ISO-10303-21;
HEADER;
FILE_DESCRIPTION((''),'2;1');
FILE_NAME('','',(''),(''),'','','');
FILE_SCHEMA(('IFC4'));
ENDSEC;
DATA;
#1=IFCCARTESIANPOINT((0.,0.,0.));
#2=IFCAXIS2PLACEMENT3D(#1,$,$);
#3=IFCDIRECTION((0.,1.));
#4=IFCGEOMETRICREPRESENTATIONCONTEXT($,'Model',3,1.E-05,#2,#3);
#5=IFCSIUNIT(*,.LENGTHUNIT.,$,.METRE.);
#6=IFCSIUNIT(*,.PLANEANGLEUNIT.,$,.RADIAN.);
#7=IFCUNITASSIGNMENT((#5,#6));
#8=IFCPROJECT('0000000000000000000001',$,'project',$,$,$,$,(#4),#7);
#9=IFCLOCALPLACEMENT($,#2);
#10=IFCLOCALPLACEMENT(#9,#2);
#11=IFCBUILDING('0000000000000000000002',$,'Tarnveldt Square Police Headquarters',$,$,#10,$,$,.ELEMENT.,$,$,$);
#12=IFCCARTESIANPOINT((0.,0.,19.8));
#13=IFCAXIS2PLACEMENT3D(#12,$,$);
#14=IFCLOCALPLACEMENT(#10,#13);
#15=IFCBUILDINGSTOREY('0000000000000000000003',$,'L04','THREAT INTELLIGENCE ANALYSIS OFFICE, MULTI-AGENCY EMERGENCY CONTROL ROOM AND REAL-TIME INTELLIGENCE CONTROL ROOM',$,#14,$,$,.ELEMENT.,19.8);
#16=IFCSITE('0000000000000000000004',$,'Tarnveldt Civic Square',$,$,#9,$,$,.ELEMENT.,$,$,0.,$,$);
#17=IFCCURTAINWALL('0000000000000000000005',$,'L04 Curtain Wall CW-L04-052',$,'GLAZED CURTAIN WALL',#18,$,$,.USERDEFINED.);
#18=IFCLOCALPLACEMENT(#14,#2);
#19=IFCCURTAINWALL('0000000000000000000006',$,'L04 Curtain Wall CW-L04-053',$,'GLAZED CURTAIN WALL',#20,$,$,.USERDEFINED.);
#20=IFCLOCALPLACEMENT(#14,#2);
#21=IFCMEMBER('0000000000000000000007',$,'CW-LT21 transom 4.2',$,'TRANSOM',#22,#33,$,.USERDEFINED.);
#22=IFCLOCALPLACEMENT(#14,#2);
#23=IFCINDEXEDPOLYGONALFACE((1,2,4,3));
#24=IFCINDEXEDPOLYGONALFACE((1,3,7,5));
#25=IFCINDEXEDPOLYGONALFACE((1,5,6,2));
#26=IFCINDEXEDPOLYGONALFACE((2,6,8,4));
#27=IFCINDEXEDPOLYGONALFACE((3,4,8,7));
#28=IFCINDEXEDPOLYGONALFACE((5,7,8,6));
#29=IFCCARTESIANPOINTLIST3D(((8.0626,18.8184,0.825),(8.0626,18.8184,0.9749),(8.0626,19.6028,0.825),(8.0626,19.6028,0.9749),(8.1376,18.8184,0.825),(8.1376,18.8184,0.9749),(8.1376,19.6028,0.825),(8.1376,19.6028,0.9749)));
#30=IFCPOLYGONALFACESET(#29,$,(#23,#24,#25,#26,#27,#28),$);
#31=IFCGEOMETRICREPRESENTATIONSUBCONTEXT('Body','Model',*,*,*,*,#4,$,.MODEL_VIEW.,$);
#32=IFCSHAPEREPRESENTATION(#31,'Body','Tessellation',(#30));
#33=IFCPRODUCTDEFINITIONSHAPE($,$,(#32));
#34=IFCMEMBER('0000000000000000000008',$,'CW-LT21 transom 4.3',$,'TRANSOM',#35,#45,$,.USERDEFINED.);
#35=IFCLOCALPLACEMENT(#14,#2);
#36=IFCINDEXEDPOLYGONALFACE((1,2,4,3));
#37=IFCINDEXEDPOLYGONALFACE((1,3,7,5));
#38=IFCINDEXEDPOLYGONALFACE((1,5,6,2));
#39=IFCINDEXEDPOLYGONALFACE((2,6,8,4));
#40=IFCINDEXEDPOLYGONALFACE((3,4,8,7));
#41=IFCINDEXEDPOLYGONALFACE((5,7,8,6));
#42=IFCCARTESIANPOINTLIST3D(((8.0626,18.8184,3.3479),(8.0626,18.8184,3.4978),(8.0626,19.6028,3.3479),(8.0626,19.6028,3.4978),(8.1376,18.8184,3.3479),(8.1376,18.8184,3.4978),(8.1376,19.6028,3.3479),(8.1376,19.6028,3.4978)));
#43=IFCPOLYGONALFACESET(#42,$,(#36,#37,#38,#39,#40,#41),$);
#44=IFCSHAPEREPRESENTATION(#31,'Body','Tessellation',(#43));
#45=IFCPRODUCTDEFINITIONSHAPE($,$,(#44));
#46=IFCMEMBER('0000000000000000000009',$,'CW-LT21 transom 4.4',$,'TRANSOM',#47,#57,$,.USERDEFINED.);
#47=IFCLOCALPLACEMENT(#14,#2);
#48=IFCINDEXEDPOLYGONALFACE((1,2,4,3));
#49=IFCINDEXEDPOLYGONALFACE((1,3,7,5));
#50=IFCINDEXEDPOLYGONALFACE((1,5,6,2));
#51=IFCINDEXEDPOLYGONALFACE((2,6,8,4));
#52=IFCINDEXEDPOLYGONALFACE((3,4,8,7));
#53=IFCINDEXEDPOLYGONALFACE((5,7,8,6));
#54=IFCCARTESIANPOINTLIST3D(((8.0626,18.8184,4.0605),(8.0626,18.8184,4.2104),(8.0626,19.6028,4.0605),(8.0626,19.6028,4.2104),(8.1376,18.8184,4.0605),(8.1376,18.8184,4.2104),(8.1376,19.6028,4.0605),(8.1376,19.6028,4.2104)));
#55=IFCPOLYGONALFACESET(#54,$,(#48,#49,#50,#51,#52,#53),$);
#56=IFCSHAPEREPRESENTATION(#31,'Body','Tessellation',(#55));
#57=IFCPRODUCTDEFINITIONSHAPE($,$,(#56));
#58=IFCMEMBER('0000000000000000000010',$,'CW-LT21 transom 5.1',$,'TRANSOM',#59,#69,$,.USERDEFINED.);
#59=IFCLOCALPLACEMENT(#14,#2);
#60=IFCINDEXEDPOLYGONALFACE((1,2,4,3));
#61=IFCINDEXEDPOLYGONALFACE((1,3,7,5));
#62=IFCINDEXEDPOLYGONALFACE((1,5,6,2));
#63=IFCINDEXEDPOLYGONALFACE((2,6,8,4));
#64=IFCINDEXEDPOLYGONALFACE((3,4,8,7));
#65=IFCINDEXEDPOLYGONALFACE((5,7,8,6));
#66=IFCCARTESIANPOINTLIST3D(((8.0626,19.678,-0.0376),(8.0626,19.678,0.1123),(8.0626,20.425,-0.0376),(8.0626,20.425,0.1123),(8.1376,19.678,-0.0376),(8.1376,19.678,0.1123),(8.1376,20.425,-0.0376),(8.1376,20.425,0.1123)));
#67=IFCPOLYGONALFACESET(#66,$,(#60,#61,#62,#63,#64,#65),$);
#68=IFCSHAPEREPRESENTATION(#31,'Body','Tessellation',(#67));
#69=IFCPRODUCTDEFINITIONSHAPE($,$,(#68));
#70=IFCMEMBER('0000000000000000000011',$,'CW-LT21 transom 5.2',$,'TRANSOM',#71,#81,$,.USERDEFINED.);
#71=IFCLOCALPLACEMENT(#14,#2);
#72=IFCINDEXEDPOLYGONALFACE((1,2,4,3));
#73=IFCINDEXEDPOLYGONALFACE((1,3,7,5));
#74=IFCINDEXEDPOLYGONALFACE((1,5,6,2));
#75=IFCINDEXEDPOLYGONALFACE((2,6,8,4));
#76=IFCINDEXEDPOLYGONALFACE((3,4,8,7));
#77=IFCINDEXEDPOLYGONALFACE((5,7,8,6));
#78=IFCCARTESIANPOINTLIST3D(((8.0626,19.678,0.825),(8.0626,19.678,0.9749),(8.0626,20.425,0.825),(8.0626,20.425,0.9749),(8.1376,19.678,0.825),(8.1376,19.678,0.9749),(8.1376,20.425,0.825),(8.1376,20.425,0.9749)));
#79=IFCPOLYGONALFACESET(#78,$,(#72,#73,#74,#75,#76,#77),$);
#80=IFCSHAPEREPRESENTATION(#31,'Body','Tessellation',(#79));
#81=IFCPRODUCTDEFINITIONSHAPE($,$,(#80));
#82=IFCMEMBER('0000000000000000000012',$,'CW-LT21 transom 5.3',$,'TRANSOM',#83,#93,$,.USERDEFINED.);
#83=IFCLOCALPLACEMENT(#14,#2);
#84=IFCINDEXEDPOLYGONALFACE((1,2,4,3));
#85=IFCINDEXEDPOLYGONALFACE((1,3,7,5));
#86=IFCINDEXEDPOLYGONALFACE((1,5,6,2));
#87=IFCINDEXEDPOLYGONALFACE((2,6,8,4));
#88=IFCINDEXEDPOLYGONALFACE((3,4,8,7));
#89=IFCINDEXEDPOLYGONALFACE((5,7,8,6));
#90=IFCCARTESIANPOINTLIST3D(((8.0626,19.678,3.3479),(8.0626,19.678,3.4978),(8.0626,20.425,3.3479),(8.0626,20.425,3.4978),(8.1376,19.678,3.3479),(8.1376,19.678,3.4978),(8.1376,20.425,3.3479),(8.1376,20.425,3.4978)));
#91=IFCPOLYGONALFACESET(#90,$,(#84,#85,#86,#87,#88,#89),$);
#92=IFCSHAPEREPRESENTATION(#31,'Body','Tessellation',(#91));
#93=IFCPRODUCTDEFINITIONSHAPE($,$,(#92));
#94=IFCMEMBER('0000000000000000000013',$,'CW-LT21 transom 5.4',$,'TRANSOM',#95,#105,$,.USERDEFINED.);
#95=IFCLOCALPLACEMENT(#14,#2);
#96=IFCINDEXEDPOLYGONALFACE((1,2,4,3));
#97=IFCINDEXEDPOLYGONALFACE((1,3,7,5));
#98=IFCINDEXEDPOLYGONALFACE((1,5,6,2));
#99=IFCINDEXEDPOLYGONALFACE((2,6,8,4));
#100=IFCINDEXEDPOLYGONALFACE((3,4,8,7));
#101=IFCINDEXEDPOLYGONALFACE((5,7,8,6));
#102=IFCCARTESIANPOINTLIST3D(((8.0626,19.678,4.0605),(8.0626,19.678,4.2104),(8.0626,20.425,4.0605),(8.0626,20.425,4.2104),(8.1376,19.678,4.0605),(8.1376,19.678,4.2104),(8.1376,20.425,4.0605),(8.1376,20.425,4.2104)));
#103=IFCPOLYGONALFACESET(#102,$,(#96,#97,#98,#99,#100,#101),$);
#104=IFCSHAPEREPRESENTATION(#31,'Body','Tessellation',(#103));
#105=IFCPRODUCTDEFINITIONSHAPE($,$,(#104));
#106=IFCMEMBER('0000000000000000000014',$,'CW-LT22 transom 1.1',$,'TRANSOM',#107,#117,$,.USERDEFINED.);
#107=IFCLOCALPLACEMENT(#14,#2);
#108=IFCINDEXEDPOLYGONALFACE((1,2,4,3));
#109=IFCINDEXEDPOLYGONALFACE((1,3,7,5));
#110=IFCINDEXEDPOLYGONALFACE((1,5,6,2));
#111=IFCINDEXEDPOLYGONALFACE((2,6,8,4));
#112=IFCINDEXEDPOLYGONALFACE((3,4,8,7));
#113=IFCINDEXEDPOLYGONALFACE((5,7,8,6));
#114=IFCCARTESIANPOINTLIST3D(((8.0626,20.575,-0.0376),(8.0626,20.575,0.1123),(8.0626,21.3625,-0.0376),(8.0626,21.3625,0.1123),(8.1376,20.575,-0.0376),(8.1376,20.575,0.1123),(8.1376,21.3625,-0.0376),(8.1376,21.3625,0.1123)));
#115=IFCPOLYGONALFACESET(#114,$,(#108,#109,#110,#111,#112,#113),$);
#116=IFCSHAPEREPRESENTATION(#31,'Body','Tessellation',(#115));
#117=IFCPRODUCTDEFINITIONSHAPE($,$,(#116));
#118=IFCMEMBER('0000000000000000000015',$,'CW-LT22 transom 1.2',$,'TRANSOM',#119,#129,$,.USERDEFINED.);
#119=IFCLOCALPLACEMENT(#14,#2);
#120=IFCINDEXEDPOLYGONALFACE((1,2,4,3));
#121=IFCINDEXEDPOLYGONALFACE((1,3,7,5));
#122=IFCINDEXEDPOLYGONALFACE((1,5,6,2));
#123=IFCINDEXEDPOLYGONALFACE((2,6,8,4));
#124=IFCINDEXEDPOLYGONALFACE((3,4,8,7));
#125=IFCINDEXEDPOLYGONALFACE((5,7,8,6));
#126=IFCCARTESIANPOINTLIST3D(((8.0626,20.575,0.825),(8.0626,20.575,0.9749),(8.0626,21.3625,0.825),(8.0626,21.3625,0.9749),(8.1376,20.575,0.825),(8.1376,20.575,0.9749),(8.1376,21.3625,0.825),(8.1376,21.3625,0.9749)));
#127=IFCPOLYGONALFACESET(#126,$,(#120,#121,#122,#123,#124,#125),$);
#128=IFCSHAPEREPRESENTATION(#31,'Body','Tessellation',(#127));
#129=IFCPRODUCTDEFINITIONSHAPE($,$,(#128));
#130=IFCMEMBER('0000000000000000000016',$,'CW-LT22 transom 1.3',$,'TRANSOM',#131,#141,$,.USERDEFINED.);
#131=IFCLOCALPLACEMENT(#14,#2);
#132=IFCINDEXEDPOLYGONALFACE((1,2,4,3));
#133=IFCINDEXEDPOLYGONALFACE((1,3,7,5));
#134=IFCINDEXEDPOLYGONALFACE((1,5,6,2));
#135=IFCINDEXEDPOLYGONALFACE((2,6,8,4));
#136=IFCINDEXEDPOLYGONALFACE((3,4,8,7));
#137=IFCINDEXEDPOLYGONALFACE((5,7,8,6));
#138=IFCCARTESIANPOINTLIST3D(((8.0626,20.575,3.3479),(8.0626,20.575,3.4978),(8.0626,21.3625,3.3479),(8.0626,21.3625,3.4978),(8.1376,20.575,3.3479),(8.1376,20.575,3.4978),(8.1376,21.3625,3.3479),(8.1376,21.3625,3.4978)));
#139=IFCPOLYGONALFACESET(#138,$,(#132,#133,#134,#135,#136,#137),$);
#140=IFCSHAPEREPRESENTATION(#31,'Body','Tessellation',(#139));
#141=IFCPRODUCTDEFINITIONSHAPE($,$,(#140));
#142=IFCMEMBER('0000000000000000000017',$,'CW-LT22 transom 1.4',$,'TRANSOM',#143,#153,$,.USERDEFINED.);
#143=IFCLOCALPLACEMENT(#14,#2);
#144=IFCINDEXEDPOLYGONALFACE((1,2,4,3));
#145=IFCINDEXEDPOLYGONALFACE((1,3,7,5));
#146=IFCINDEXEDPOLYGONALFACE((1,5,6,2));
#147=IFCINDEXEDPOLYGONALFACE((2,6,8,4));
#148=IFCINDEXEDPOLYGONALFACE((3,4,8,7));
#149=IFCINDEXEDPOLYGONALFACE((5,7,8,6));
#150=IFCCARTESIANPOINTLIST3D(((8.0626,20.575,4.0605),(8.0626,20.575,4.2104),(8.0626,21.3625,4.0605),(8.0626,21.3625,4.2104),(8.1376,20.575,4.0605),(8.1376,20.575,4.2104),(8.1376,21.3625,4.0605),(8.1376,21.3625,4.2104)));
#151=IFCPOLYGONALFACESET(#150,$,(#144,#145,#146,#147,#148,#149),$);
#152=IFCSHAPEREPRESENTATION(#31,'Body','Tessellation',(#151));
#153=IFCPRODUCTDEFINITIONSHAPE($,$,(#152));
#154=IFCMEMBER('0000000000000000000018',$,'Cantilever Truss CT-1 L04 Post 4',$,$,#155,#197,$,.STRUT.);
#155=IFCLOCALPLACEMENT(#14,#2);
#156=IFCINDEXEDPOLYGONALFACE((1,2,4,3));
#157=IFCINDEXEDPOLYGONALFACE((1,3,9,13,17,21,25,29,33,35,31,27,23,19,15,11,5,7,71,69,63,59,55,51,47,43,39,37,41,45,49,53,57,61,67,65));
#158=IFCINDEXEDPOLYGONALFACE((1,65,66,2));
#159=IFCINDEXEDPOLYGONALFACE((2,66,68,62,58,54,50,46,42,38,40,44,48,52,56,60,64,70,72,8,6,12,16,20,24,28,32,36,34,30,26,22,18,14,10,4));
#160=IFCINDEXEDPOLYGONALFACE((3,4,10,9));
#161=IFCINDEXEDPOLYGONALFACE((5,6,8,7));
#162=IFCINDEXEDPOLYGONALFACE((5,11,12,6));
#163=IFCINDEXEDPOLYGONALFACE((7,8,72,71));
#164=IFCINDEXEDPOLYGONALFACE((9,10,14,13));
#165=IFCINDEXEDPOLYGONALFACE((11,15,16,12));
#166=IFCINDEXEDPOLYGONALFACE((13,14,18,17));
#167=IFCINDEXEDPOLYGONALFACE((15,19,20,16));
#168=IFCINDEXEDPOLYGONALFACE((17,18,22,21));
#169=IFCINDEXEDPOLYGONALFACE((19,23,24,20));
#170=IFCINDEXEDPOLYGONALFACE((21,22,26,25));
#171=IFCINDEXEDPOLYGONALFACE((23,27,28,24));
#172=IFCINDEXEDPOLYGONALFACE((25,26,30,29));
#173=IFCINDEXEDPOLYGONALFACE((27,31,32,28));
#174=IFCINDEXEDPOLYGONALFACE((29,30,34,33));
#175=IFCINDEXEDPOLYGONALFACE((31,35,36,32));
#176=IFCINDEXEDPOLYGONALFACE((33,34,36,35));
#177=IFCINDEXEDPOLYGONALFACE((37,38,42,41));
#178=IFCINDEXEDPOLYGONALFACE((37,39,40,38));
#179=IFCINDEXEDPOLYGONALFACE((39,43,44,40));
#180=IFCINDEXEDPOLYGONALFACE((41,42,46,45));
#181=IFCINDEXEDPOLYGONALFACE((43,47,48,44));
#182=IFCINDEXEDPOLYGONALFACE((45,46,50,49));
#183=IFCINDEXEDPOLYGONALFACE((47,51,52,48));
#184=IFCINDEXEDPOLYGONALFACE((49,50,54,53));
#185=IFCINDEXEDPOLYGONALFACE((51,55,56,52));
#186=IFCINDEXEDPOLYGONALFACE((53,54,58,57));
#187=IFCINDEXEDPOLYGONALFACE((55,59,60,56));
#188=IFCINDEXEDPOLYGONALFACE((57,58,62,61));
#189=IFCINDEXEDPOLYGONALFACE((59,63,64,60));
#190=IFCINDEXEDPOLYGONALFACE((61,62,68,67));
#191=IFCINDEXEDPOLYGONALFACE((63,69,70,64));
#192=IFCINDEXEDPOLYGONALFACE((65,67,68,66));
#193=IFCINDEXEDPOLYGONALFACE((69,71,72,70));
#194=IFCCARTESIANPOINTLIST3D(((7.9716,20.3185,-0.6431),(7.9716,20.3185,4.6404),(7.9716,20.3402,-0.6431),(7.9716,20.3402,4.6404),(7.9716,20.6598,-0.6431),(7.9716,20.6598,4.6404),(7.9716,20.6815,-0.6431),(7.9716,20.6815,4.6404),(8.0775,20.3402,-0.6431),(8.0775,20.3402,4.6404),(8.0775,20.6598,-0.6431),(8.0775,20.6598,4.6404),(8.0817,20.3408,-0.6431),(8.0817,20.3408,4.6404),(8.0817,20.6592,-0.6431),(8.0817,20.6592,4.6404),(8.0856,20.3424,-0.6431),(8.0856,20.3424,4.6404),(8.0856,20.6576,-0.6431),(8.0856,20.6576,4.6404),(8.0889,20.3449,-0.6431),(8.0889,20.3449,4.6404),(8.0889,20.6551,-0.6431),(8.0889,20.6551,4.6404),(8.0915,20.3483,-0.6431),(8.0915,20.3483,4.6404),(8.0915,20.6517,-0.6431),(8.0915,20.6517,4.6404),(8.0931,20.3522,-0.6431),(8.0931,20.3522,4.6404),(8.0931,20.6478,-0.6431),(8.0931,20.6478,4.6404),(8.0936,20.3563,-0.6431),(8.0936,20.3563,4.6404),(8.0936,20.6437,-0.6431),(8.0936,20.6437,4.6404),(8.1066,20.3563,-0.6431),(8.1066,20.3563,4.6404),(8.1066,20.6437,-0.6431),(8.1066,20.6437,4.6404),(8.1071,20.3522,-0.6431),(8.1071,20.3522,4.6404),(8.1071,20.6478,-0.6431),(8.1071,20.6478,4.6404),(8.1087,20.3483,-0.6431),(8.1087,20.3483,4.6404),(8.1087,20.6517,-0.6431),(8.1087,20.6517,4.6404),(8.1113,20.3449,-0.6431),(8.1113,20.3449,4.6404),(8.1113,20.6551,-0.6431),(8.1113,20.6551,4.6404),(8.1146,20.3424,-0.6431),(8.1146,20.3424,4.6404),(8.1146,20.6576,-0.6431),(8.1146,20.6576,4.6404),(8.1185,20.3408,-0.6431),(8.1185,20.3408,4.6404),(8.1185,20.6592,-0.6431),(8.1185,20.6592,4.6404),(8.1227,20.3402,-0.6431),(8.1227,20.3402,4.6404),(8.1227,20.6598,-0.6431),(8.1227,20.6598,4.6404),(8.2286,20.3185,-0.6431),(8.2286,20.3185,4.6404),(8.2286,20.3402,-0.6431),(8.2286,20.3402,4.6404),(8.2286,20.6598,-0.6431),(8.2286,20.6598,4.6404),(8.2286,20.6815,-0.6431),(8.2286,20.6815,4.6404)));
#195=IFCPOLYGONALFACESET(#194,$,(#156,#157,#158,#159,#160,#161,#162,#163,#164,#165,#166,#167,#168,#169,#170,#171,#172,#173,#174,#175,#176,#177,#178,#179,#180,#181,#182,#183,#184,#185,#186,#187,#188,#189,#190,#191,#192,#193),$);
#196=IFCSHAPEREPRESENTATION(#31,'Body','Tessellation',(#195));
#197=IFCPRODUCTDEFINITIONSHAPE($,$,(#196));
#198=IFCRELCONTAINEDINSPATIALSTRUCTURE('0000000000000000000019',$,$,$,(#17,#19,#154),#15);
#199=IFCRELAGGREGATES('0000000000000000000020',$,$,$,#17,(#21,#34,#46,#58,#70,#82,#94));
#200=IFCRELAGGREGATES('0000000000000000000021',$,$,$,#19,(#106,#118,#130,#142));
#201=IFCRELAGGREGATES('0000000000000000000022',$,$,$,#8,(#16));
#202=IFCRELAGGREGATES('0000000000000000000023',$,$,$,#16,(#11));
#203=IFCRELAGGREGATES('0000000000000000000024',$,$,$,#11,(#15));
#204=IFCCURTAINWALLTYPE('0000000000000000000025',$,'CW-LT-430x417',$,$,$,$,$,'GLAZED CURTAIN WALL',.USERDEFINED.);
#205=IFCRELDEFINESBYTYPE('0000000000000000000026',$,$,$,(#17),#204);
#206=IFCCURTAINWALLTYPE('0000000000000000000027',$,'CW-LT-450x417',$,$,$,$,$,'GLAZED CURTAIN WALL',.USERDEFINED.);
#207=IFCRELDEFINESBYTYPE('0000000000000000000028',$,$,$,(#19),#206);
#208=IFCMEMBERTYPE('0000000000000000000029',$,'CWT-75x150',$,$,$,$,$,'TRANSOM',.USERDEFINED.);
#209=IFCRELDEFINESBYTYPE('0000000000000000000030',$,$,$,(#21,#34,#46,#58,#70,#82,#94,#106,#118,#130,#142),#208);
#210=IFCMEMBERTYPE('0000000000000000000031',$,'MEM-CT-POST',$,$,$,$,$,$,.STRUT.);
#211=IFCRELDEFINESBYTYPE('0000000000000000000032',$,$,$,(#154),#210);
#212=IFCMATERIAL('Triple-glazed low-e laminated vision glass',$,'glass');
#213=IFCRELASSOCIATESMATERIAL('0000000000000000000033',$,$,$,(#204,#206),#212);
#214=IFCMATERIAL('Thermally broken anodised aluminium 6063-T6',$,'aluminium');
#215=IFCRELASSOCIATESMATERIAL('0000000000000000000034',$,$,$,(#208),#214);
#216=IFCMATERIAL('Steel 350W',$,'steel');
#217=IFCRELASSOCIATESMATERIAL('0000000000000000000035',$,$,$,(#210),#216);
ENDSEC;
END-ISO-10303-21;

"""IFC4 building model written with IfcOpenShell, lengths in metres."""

from ifc_helpers import new_model, si_unit, direction, frame, origin, origin_2d, place, context, subcontext, project, spatial, rectangle, i_section, extrude, material, material_profile, profile_set, type_object, element, aggregate, save


model = new_model("IFC4")

# Units and contexts
model_context = context("Model", 3, precision=1e-05, world=origin(), true_north=direction((0.0, 1.0)))
body_context = subcontext(model_context, "Body", "Model", "MODEL_VIEW")
ifc_project = project(units=[si_unit("LENGTHUNIT", "METRE"), si_unit("PLANEANGLEUNIT", "RADIAN")], contexts=[model_context])

# Site, building, storey
site_placement = place(None, origin())
site = spatial("IfcSite", under=ifc_project, at=site_placement, Name="Tarnveldt Civic Square", CompositionType="ELEMENT", RefElevation=0.0)
building_placement = place(site_placement, origin())
building = spatial("IfcBuilding", under=site, at=building_placement, Name="Tarnveldt Square Police Headquarters", CompositionType="ELEMENT")
storey_placement = place(building_placement, frame((0.0, 0.0, 19.8)))
storey = spatial("IfcBuildingStorey", under=building, at=storey_placement, Name="L04", Description="THREAT INTELLIGENCE ANALYSIS OFFICE, MULTI-AGENCY EMERGENCY CONTROL ROOM AND REAL-TIME INTELLIGENCE CONTROL ROOM", CompositionType="ELEMENT", Elevation=19.8)

# Shared definitions
ifc_material_1 = material(Name="Steel 350W", Category="steel")

# Curtain walls
ifc_material_2 = material(Name="Triple-glazed low-e laminated vision glass", Category="glass")
curtain_wall_type_1 = type_object("IfcCurtainWallType", Name="CW-LT-430x417", ElementType="GLAZED CURTAIN WALL", PredefinedType="USERDEFINED", material=ifc_material_2)
curtain_wall_1_placement = place(storey_placement, origin())
curtain_wall_1 = element("IfcCurtainWall", 1, at=curtain_wall_1_placement, inside=storey, type_object=curtain_wall_type_1, Name="L04 Curtain Wall CW-L04-052", ObjectType="GLAZED CURTAIN WALL", PredefinedType="USERDEFINED")
ifc_material_3 = material(Name="Thermally broken anodised aluminium 6063-T6", Category="aluminium")
curtain_wall_type_2 = type_object("IfcCurtainWallType", Name="CW-LT-450x417", ElementType="GLAZED CURTAIN WALL", PredefinedType="USERDEFINED", material=ifc_material_2)
curtain_wall_2_placement = place(storey_placement, origin())
curtain_wall_2 = element("IfcCurtainWall", 2, at=curtain_wall_2_placement, inside=storey, type_object=curtain_wall_type_2, Name="L04 Curtain Wall CW-L04-053", ObjectType="GLAZED CURTAIN WALL", PredefinedType="USERDEFINED")

# Members
ifc_material_profile_1 = material_profile(ifc_material_3, rectangle(XDim=0.075, YDim=0.1499, at=origin_2d()), Name="CW-T75x150")
ifc_profile_set_1 = profile_set([ifc_material_profile_1], Name="Thermally broken anodised aluminium 6063-T6")
member_type_1 = type_object("IfcMemberType", Name="CWT-75x150", ElementType="TRANSOM", PredefinedType="USERDEFINED", material=ifc_profile_set_1)
member_1_placement = place(storey_placement, frame((8.1001, 18.8184, 0.8999), z_axis=(0.0, 1.0, 0.0), x_axis=(-1.0, 0.0, 0.0)))
member_1 = element("IfcMember", 3, at=member_1_placement, type_object=member_type_1, Name="CW-LT21 transom 4.2", ObjectType="TRANSOM", PredefinedType="USERDEFINED", context=body_context, shape_type="SweptSolid", body=[
    extrude(rectangle(XDim=0.075, YDim=0.1499, at=origin_2d()), origin(), (0.0, 0.0, 1.0), 0.7844),
])
member_2_placement = place(storey_placement, frame((8.1001, 18.8184, 3.4229), z_axis=(0.0, 1.0, 0.0), x_axis=(-1.0, 0.0, 0.0)))
member_2 = element("IfcMember", 4, at=member_2_placement, type_object=member_type_1, Name="CW-LT21 transom 4.3", ObjectType="TRANSOM", PredefinedType="USERDEFINED", context=body_context, shape_type="SweptSolid", body=[
    extrude(rectangle(XDim=0.075, YDim=0.1499, at=origin_2d()), origin(), (0.0, 0.0, 1.0), 0.7844),
])
member_3_placement = place(storey_placement, frame((8.1001, 18.8184, 4.1355), z_axis=(0.0, 1.0, 0.0), x_axis=(-1.0, 0.0, 0.0)))
member_3 = element("IfcMember", 5, at=member_3_placement, type_object=member_type_1, Name="CW-LT21 transom 4.4", ObjectType="TRANSOM", PredefinedType="USERDEFINED", context=body_context, shape_type="SweptSolid", body=[
    extrude(rectangle(XDim=0.075, YDim=0.1499, at=origin_2d()), origin(), (0.0, 0.0, 1.0), 0.7844),
])
member_4_placement = place(storey_placement, frame((8.1001, 19.678, 0.0374), z_axis=(0.0, 1.0, 0.0), x_axis=(-1.0, 0.0, 0.0)))
member_4 = element("IfcMember", 6, at=member_4_placement, type_object=member_type_1, Name="CW-LT21 transom 5.1", ObjectType="TRANSOM", PredefinedType="USERDEFINED", context=body_context, shape_type="SweptSolid", body=[
    extrude(rectangle(XDim=0.075, YDim=0.1499, at=origin_2d()), origin(), (0.0, 0.0, 1.0), 0.7471),
])
member_5_placement = place(storey_placement, frame((8.1001, 19.678, 0.8999), z_axis=(0.0, 1.0, 0.0), x_axis=(-1.0, 0.0, 0.0)))
member_5 = element("IfcMember", 7, at=member_5_placement, type_object=member_type_1, Name="CW-LT21 transom 5.2", ObjectType="TRANSOM", PredefinedType="USERDEFINED", context=body_context, shape_type="SweptSolid", body=[
    extrude(rectangle(XDim=0.075, YDim=0.1499, at=origin_2d()), origin(), (0.0, 0.0, 1.0), 0.7471),
])
member_6_placement = place(storey_placement, frame((8.1001, 19.678, 3.4229), z_axis=(0.0, 1.0, 0.0), x_axis=(-1.0, 0.0, 0.0)))
member_6 = element("IfcMember", 8, at=member_6_placement, type_object=member_type_1, Name="CW-LT21 transom 5.3", ObjectType="TRANSOM", PredefinedType="USERDEFINED", context=body_context, shape_type="SweptSolid", body=[
    extrude(rectangle(XDim=0.075, YDim=0.1499, at=origin_2d()), origin(), (0.0, 0.0, 1.0), 0.7471),
])
member_7_placement = place(storey_placement, frame((8.1001, 19.678, 4.1355), z_axis=(0.0, 1.0, 0.0), x_axis=(-1.0, 0.0, 0.0)))
member_7 = element("IfcMember", 9, at=member_7_placement, type_object=member_type_1, Name="CW-LT21 transom 5.4", ObjectType="TRANSOM", PredefinedType="USERDEFINED", context=body_context, shape_type="SweptSolid", body=[
    extrude(rectangle(XDim=0.075, YDim=0.1499, at=origin_2d()), origin(), (0.0, 0.0, 1.0), 0.7471),
])
member_8_placement = place(storey_placement, frame((8.1001, 20.575, 0.0374), z_axis=(0.0, 1.0, 0.0), x_axis=(-1.0, 0.0, 0.0)))
member_8 = element("IfcMember", 10, at=member_8_placement, type_object=member_type_1, Name="CW-LT22 transom 1.1", ObjectType="TRANSOM", PredefinedType="USERDEFINED", context=body_context, shape_type="SweptSolid", body=[
    extrude(rectangle(XDim=0.075, YDim=0.1499, at=origin_2d()), origin(), (0.0, 0.0, 1.0), 0.7876),
])
member_9_placement = place(storey_placement, frame((8.1001, 20.575, 0.8999), z_axis=(0.0, 1.0, 0.0), x_axis=(-1.0, 0.0, 0.0)))
member_9 = element("IfcMember", 11, at=member_9_placement, type_object=member_type_1, Name="CW-LT22 transom 1.2", ObjectType="TRANSOM", PredefinedType="USERDEFINED", context=body_context, shape_type="SweptSolid", body=[
    extrude(rectangle(XDim=0.075, YDim=0.1499, at=origin_2d()), origin(), (0.0, 0.0, 1.0), 0.7876),
])
member_10_placement = place(storey_placement, frame((8.1001, 20.575, 3.4229), z_axis=(0.0, 1.0, 0.0), x_axis=(-1.0, 0.0, 0.0)))
member_10 = element("IfcMember", 12, at=member_10_placement, type_object=member_type_1, Name="CW-LT22 transom 1.3", ObjectType="TRANSOM", PredefinedType="USERDEFINED", context=body_context, shape_type="SweptSolid", body=[
    extrude(rectangle(XDim=0.075, YDim=0.1499, at=origin_2d()), origin(), (0.0, 0.0, 1.0), 0.7876),
])
member_11_placement = place(storey_placement, frame((8.1001, 20.575, 4.1355), z_axis=(0.0, 1.0, 0.0), x_axis=(-1.0, 0.0, 0.0)))
member_11 = element("IfcMember", 13, at=member_11_placement, type_object=member_type_1, Name="CW-LT22 transom 1.4", ObjectType="TRANSOM", PredefinedType="USERDEFINED", context=body_context, shape_type="SweptSolid", body=[
    extrude(rectangle(XDim=0.075, YDim=0.1499, at=origin_2d()), origin(), (0.0, 0.0, 1.0), 0.7876),
])

# Member
ifc_material_profile_2 = material_profile(ifc_material_1, i_section(OverallWidth=0.2571, OverallDepth=0.363, WebThickness=0.0129, FlangeThickness=0.0217, FilletRadius=0.0161, at=origin_2d()), Name="W360x122")
ifc_profile_set_2 = profile_set([ifc_material_profile_2], Name="Steel 350W")
member_type_2 = type_object("IfcMemberType", Name="MEM-CT-POST", PredefinedType="STRUT", material=ifc_profile_set_2)
member_12_placement = place(storey_placement, frame((8.1001, 20.5, -0.6431), z_axis=(0.0, 0.0, 1.0), x_axis=(1.0, 0.0, 0.0)))
element("IfcMember", 14, at=member_12_placement, inside=storey, type_object=member_type_2, Name="Cantilever Truss CT-1 L04 Post 4", PredefinedType="STRUT", context=body_context, shape_type="SweptSolid", body=[
    extrude(i_section(OverallWidth=0.2571, OverallDepth=0.363, WebThickness=0.0129, FlangeThickness=0.0217, FilletRadius=0.0161, at=origin_2d()), origin(), (0.0, 0.0, 1.0), 5.2834),
])

aggregate(curtain_wall_1, [member_1, member_2, member_3, member_4, member_5, member_6, member_7])
aggregate(curtain_wall_2, [member_8, member_9, member_10, member_11])

save(model, "model.ifc")
